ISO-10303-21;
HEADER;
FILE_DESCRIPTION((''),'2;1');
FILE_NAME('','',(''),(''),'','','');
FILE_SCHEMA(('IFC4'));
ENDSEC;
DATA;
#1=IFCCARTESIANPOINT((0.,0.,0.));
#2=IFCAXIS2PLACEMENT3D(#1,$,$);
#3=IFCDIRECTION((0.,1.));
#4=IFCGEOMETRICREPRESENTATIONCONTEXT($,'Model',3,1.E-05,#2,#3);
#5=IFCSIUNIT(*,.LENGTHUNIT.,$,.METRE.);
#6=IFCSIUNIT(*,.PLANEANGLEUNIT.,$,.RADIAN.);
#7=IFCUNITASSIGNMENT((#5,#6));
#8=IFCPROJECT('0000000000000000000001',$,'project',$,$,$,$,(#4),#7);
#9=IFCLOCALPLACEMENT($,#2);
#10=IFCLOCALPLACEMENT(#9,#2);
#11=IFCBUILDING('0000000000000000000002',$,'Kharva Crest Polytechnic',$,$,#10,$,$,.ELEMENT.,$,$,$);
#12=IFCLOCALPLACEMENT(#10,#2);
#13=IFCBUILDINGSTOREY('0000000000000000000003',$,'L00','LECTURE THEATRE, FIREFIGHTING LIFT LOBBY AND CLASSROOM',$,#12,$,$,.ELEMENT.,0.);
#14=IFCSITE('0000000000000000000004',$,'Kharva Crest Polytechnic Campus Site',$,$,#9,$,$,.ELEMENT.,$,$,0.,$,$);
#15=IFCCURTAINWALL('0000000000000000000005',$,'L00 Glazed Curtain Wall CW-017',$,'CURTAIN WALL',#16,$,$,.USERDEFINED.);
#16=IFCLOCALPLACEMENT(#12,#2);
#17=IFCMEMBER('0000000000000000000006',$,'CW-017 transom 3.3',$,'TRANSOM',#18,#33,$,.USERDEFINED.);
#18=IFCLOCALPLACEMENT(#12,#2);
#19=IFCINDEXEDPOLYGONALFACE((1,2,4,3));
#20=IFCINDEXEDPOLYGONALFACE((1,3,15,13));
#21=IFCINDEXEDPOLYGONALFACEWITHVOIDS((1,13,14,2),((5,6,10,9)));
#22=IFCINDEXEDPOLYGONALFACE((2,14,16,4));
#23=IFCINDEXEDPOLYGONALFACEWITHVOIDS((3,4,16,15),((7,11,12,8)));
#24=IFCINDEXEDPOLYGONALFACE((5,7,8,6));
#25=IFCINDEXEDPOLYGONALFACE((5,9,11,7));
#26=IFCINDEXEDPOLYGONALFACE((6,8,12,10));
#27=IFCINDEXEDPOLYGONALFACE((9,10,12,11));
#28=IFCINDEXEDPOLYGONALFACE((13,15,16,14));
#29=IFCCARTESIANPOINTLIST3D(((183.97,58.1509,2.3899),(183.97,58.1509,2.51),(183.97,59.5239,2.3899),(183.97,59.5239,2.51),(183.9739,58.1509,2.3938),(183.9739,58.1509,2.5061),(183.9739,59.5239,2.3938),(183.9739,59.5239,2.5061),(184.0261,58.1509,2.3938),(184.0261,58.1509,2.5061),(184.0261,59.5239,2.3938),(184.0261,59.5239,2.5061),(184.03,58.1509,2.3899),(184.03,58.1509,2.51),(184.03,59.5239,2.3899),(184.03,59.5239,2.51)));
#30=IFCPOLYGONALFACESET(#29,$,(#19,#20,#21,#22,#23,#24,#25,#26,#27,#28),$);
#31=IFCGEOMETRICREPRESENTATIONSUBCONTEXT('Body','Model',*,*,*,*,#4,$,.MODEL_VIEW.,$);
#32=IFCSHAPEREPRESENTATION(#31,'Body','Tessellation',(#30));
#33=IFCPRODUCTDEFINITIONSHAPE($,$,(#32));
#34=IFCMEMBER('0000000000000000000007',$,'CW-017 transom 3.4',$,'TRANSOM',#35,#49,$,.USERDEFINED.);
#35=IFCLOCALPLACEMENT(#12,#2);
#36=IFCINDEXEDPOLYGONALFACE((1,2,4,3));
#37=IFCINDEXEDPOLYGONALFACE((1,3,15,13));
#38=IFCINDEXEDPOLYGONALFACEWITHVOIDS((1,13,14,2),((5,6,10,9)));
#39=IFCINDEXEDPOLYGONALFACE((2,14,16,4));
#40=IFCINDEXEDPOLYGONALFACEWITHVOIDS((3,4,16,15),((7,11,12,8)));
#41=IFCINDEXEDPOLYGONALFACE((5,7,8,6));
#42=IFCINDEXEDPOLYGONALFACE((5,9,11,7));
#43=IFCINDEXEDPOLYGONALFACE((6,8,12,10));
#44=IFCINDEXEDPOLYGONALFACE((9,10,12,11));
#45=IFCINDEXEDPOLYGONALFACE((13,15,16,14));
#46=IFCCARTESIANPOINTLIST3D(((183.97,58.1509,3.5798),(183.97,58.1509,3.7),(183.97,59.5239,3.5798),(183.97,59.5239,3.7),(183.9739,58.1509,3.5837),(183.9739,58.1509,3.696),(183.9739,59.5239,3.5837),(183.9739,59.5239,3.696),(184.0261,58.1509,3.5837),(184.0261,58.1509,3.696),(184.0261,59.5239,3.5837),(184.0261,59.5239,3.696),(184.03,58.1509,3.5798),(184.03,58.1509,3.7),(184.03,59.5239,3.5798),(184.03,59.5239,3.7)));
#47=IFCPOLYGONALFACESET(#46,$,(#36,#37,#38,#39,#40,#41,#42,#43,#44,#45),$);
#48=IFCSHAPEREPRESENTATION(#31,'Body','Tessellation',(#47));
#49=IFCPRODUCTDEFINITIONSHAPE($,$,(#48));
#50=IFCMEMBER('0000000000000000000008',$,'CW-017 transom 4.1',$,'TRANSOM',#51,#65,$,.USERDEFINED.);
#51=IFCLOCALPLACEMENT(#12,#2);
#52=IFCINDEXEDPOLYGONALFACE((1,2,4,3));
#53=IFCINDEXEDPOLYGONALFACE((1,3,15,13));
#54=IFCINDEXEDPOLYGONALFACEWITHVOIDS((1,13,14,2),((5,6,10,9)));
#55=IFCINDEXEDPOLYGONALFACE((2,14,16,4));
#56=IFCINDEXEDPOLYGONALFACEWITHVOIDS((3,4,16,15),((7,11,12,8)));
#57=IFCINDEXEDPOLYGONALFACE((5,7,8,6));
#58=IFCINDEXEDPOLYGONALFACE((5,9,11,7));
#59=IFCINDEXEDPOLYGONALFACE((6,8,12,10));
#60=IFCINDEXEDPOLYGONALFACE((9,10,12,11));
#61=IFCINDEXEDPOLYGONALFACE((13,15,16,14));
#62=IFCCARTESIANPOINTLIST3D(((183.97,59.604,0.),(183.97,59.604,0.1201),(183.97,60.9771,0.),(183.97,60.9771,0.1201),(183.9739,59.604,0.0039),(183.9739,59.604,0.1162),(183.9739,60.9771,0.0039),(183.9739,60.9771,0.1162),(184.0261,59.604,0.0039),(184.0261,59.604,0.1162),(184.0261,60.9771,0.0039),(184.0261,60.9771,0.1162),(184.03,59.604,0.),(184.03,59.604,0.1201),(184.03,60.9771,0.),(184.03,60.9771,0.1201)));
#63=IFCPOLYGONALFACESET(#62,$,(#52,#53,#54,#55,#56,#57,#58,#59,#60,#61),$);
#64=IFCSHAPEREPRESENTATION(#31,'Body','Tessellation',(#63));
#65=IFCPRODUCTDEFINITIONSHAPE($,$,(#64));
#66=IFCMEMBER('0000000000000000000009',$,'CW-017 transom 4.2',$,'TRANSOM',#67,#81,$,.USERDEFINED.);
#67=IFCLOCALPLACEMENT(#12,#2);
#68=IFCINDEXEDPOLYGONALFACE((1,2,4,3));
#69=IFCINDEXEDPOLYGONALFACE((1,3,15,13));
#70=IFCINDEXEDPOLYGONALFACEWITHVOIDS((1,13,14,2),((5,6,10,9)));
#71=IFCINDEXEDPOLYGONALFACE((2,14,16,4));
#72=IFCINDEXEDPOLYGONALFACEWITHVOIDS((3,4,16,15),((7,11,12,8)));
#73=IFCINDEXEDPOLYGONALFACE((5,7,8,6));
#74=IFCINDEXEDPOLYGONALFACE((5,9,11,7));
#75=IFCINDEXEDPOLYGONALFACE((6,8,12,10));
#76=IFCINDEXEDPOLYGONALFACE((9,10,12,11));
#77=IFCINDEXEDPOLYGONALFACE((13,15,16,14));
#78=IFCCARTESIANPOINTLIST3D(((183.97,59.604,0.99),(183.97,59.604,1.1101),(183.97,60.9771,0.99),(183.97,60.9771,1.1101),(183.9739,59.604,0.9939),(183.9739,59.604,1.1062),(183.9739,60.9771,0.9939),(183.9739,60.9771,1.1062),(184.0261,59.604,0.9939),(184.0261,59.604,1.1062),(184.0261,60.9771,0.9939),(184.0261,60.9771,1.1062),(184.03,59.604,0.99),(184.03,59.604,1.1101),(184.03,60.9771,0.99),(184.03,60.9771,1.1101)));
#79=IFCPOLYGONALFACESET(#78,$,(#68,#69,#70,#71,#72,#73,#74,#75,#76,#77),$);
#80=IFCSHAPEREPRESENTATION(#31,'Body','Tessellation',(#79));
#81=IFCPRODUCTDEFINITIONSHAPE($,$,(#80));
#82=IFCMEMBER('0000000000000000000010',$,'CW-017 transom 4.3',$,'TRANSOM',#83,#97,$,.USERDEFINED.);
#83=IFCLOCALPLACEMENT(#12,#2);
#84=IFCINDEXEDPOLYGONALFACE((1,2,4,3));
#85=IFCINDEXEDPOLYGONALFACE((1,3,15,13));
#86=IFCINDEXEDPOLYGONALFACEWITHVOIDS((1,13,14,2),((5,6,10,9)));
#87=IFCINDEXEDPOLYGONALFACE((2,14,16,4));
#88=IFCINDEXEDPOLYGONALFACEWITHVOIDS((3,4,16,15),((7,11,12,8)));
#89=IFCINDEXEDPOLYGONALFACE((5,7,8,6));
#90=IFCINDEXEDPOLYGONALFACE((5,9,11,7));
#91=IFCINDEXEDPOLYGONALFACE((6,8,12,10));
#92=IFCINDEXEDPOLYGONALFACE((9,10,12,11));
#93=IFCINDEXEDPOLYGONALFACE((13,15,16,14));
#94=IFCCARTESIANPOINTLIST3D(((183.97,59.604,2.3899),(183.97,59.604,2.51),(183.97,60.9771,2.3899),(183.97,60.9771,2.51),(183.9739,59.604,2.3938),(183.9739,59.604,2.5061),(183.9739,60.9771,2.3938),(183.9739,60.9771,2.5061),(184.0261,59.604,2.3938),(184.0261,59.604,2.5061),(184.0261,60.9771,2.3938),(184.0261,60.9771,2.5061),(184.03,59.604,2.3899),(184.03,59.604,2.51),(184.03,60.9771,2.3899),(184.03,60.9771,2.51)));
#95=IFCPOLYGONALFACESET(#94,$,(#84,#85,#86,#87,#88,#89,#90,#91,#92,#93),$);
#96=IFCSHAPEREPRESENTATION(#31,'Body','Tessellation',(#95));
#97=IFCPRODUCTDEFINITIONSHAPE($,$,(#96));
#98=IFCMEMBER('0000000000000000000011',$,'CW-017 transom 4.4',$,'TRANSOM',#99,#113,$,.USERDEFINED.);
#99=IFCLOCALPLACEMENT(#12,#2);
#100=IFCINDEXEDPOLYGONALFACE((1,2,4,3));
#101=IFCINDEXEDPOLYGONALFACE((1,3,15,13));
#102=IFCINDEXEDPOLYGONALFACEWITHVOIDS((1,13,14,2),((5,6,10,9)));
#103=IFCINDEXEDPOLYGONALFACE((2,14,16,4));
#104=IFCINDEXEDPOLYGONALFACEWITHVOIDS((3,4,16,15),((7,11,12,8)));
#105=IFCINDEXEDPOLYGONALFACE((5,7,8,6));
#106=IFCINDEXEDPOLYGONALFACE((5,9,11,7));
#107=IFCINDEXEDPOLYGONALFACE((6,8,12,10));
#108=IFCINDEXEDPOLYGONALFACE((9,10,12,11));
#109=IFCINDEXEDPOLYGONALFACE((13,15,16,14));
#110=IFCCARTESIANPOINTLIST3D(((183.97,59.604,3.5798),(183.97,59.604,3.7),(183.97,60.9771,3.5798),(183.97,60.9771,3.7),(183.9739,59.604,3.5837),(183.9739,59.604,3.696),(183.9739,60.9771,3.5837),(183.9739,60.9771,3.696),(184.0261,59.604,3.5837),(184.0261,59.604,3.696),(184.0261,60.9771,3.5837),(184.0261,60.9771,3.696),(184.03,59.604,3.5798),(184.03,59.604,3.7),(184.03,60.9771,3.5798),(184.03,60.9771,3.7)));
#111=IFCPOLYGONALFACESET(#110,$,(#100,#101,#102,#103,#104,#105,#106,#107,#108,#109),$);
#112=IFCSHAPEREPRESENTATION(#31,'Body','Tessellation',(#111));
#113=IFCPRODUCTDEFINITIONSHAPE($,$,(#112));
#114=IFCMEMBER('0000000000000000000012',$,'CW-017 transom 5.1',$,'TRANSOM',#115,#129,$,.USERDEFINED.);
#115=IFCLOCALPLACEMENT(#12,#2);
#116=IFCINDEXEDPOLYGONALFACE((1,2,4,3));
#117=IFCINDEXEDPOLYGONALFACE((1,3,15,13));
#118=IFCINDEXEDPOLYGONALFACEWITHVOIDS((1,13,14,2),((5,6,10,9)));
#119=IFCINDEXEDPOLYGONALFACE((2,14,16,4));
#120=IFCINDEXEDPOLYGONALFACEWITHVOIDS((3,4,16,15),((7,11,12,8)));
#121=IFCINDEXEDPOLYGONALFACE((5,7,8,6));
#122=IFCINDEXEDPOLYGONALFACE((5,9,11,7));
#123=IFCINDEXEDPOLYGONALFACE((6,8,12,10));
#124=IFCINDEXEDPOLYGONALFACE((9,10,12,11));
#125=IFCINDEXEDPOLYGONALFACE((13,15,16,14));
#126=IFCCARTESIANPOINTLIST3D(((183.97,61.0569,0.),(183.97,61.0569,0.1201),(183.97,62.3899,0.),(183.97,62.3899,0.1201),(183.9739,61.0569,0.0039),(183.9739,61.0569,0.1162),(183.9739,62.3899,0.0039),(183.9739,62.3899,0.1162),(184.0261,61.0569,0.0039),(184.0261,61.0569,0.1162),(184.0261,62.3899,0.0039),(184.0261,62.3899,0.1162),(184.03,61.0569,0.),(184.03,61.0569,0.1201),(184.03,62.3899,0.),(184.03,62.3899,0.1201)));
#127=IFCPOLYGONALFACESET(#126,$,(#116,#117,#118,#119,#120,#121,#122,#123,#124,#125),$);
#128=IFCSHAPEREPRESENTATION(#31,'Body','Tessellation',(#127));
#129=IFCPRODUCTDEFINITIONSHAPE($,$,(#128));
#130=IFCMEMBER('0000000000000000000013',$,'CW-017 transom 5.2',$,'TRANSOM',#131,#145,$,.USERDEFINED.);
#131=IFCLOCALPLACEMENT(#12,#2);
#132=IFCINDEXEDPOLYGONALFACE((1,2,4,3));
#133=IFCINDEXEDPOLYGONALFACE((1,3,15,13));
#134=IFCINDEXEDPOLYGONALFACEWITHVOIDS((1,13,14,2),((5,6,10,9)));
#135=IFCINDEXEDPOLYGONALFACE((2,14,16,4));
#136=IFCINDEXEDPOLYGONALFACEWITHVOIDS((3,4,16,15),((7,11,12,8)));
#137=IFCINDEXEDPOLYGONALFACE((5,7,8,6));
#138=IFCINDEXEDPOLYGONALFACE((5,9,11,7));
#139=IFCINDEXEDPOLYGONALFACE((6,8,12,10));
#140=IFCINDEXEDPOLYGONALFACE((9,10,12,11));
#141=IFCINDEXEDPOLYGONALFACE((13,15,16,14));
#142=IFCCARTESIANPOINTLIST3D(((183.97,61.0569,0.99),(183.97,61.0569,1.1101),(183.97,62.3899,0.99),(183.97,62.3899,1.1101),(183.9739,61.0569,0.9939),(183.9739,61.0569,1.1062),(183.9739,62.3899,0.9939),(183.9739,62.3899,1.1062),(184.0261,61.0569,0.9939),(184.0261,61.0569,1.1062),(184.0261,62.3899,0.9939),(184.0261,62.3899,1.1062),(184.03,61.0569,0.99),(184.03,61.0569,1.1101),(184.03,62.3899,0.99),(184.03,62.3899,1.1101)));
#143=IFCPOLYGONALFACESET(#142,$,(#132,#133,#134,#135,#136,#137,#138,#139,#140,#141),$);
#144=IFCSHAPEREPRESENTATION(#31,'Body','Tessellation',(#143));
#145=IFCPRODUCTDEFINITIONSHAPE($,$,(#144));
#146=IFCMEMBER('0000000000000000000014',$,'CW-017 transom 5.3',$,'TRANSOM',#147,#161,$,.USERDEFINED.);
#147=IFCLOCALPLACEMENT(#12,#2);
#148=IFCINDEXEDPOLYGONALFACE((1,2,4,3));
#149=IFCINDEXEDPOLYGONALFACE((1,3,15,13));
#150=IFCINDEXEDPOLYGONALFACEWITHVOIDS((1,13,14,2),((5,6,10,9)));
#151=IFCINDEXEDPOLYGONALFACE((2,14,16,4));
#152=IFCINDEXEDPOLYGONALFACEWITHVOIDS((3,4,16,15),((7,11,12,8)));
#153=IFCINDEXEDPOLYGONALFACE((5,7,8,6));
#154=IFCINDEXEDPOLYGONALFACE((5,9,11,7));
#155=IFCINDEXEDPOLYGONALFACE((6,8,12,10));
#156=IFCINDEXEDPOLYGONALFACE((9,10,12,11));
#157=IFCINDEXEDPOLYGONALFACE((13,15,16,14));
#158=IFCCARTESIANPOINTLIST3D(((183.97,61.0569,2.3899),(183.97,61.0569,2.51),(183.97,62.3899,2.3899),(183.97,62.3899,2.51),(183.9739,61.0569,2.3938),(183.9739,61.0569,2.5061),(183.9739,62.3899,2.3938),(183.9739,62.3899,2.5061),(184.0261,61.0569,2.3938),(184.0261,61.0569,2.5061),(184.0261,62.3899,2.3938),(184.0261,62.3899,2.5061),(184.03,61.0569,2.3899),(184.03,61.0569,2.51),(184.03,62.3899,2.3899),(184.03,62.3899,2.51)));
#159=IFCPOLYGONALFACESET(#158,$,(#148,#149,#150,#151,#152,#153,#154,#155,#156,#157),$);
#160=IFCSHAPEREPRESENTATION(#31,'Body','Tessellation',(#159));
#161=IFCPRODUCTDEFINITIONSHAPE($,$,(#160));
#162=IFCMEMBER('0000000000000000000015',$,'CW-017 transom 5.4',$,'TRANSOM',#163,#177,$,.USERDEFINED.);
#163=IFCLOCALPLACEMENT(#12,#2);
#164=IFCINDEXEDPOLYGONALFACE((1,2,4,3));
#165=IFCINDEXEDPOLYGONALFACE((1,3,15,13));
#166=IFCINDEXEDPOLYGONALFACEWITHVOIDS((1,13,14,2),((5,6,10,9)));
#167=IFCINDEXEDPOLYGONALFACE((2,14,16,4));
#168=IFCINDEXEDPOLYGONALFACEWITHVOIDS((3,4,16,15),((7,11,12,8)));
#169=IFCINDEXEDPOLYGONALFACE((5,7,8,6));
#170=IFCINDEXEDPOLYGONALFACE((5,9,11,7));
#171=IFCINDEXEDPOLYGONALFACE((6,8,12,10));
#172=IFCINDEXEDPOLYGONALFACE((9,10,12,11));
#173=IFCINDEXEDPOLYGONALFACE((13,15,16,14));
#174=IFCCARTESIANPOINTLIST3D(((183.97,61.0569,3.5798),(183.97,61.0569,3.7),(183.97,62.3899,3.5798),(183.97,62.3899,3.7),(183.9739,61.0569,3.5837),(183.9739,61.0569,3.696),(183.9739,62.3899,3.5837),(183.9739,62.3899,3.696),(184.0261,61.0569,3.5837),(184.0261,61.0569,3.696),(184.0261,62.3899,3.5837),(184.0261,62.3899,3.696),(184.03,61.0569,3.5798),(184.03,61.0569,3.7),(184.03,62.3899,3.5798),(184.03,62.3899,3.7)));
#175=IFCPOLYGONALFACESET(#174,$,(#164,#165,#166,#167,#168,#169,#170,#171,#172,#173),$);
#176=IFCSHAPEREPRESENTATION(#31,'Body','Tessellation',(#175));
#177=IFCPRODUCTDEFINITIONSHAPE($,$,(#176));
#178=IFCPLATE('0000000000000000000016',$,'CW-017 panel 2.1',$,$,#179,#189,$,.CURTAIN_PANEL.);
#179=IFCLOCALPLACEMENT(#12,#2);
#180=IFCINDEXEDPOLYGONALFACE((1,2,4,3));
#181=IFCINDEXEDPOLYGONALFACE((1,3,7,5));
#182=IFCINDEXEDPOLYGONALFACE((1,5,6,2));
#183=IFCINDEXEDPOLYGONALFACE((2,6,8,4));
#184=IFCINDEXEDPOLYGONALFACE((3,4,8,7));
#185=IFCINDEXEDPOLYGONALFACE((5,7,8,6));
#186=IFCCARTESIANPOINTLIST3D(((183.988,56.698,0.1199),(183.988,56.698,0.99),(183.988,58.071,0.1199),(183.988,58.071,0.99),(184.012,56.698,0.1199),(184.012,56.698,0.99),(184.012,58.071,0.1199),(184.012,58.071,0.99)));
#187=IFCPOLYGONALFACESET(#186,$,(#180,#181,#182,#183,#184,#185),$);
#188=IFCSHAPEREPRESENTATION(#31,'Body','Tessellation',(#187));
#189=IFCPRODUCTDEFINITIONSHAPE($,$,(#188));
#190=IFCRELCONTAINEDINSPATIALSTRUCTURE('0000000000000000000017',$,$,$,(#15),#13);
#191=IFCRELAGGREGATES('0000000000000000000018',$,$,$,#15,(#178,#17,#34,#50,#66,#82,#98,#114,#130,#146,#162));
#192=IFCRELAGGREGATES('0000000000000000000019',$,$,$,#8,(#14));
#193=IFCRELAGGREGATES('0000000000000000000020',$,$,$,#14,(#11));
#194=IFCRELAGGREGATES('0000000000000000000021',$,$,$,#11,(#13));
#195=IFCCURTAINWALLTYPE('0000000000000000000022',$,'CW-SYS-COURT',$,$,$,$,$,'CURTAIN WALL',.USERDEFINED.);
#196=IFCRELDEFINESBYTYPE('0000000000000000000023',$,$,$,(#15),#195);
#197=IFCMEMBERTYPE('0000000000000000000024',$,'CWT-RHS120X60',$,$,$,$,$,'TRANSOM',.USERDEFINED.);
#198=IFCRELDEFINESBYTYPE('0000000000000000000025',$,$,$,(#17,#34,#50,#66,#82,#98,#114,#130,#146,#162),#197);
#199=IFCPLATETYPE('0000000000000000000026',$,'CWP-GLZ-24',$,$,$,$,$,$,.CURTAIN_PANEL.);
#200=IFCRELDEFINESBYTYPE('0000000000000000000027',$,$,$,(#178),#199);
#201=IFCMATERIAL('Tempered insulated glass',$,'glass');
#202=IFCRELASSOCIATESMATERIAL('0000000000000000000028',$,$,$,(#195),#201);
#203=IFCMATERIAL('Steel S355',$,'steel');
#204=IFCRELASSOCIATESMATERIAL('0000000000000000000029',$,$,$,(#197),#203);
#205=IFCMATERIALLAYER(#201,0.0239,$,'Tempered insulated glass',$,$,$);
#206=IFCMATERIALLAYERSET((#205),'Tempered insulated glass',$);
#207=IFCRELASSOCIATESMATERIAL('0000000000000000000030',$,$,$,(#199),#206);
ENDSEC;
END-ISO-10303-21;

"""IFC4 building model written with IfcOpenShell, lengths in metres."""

from ifc_helpers import new_model, si_unit, direction, frame, origin, origin_2d, place, context, subcontext, project, spatial, rectangle, hollow_rectangle, extrude, material, layer, layer_set, material_profile, profile_set, type_object, element, aggregate, save


model = new_model("IFC4")

# Units and contexts
model_context = context("Model", 3, precision=1e-05, world=origin(), true_north=direction((0.0, 1.0)))
body_context = subcontext(model_context, "Body", "Model", "MODEL_VIEW")
ifc_project = project(units=[si_unit("LENGTHUNIT", "METRE"), si_unit("PLANEANGLEUNIT", "RADIAN")], contexts=[model_context])

# Site, building, storey
site_placement = place(None, origin())
site = spatial("IfcSite", under=ifc_project, at=site_placement, Name="Kharva Crest Polytechnic Campus Site", CompositionType="ELEMENT", RefElevation=0.0)
building_placement = place(site_placement, origin())
building = spatial("IfcBuilding", under=site, at=building_placement, Name="Kharva Crest Polytechnic", CompositionType="ELEMENT")
storey_placement = place(building_placement, origin())
storey = spatial("IfcBuildingStorey", under=building, at=storey_placement, Name="L00", Description="LECTURE THEATRE, FIREFIGHTING LIFT LOBBY AND CLASSROOM", CompositionType="ELEMENT", Elevation=0.0)

# Curtain wall, members, plate
ifc_material_1 = material(Name="Tempered insulated glass", Category="glass")
curtain_wall_type = type_object("IfcCurtainWallType", Name="CW-SYS-COURT", ElementType="CURTAIN WALL", PredefinedType="USERDEFINED", material=ifc_material_1)
curtain_wall_placement = place(storey_placement, origin())
curtain_wall = element("IfcCurtainWall", 1, at=curtain_wall_placement, inside=storey, type_object=curtain_wall_type, Name="L00 Glazed Curtain Wall CW-017", ObjectType="CURTAIN WALL", PredefinedType="USERDEFINED")
ifc_material_2 = material(Name="Steel S355", Category="steel")
ifc_material_profile_1 = material_profile(ifc_material_2, hollow_rectangle(XDim=0.0601, YDim=0.1201, WallThickness=0.0039, at=origin_2d()), Name="RHS 120X60X4.0")
ifc_profile_set_1 = profile_set([ifc_material_profile_1], Name="Steel S355")
member_type_1 = type_object("IfcMemberType", Name="CWT-RHS120X60", ElementType="TRANSOM", PredefinedType="USERDEFINED", material=ifc_profile_set_1)
member_1_placement = place(storey_placement, frame((184.0, 58.1509, 2.45), z_axis=(0.0, 1.0, 0.0), x_axis=(-1.0, 0.0, 0.0)))
member_1 = element("IfcMember", 2, at=member_1_placement, type_object=member_type_1, Name="CW-017 transom 3.3", ObjectType="TRANSOM", PredefinedType="USERDEFINED", context=body_context, shape_type="SweptSolid", body=[
    extrude(hollow_rectangle(XDim=0.0601, YDim=0.1201, WallThickness=0.0039, at=origin_2d()), origin(), (0.0, 0.0, 1.0), 1.373),
])
member_2_placement = place(storey_placement, frame((184.0, 58.1509, 3.6399), z_axis=(0.0, 1.0, 0.0), x_axis=(-1.0, 0.0, 0.0)))
member_2 = element("IfcMember", 3, at=member_2_placement, type_object=member_type_1, Name="CW-017 transom 3.4", ObjectType="TRANSOM", PredefinedType="USERDEFINED", context=body_context, shape_type="SweptSolid", body=[
    extrude(hollow_rectangle(XDim=0.0601, YDim=0.1201, WallThickness=0.0039, at=origin_2d()), origin(), (0.0, 0.0, 1.0), 1.373),
])
member_3_placement = place(storey_placement, frame((184.0, 59.604, 0.0601), z_axis=(0.0, 1.0, 0.0), x_axis=(-1.0, 0.0, 0.0)))
member_3 = element("IfcMember", 4, at=member_3_placement, type_object=member_type_1, Name="CW-017 transom 4.1", ObjectType="TRANSOM", PredefinedType="USERDEFINED", context=body_context, shape_type="SweptSolid", body=[
    extrude(hollow_rectangle(XDim=0.0601, YDim=0.1201, WallThickness=0.0039, at=origin_2d()), origin(), (0.0, 0.0, 1.0), 1.373),
])
member_4_placement = place(storey_placement, frame((184.0, 59.604, 1.05), z_axis=(0.0, 1.0, 0.0), x_axis=(-1.0, 0.0, 0.0)))
member_4 = element("IfcMember", 5, at=member_4_placement, type_object=member_type_1, Name="CW-017 transom 4.2", ObjectType="TRANSOM", PredefinedType="USERDEFINED", context=body_context, shape_type="SweptSolid", body=[
    extrude(hollow_rectangle(XDim=0.0601, YDim=0.1201, WallThickness=0.0039, at=origin_2d()), origin(), (0.0, 0.0, 1.0), 1.373),
])
member_5_placement = place(storey_placement, frame((184.0, 59.604, 2.45), z_axis=(0.0, 1.0, 0.0), x_axis=(-1.0, 0.0, 0.0)))
member_5 = element("IfcMember", 6, at=member_5_placement, type_object=member_type_1, Name="CW-017 transom 4.3", ObjectType="TRANSOM", PredefinedType="USERDEFINED", context=body_context, shape_type="SweptSolid", body=[
    extrude(hollow_rectangle(XDim=0.0601, YDim=0.1201, WallThickness=0.0039, at=origin_2d()), origin(), (0.0, 0.0, 1.0), 1.373),
])
member_6_placement = place(storey_placement, frame((184.0, 59.604, 3.6399), z_axis=(0.0, 1.0, 0.0), x_axis=(-1.0, 0.0, 0.0)))
member_6 = element("IfcMember", 7, at=member_6_placement, type_object=member_type_1, Name="CW-017 transom 4.4", ObjectType="TRANSOM", PredefinedType="USERDEFINED", context=body_context, shape_type="SweptSolid", body=[
    extrude(hollow_rectangle(XDim=0.0601, YDim=0.1201, WallThickness=0.0039, at=origin_2d()), origin(), (0.0, 0.0, 1.0), 1.373),
])
member_7_placement = place(storey_placement, frame((184.0, 61.0569, 0.0601), z_axis=(0.0, 1.0, 0.0), x_axis=(-1.0, 0.0, 0.0)))
member_7 = element("IfcMember", 8, at=member_7_placement, type_object=member_type_1, Name="CW-017 transom 5.1", ObjectType="TRANSOM", PredefinedType="USERDEFINED", context=body_context, shape_type="SweptSolid", body=[
    extrude(hollow_rectangle(XDim=0.0601, YDim=0.1201, WallThickness=0.0039, at=origin_2d()), origin(), (0.0, 0.0, 1.0), 1.333),
])
member_8_placement = place(storey_placement, frame((184.0, 61.0569, 1.05), z_axis=(0.0, 1.0, 0.0), x_axis=(-1.0, 0.0, 0.0)))
member_8 = element("IfcMember", 9, at=member_8_placement, type_object=member_type_1, Name="CW-017 transom 5.2", ObjectType="TRANSOM", PredefinedType="USERDEFINED", context=body_context, shape_type="SweptSolid", body=[
    extrude(hollow_rectangle(XDim=0.0601, YDim=0.1201, WallThickness=0.0039, at=origin_2d()), origin(), (0.0, 0.0, 1.0), 1.333),
])
member_9_placement = place(storey_placement, frame((184.0, 61.0569, 2.45), z_axis=(0.0, 1.0, 0.0), x_axis=(-1.0, 0.0, 0.0)))
member_9 = element("IfcMember", 10, at=member_9_placement, type_object=member_type_1, Name="CW-017 transom 5.3", ObjectType="TRANSOM", PredefinedType="USERDEFINED", context=body_context, shape_type="SweptSolid", body=[
    extrude(hollow_rectangle(XDim=0.0601, YDim=0.1201, WallThickness=0.0039, at=origin_2d()), origin(), (0.0, 0.0, 1.0), 1.333),
])
member_10_placement = place(storey_placement, frame((184.0, 61.0569, 3.6399), z_axis=(0.0, 1.0, 0.0), x_axis=(-1.0, 0.0, 0.0)))
member_10 = element("IfcMember", 11, at=member_10_placement, type_object=member_type_1, Name="CW-017 transom 5.4", ObjectType="TRANSOM", PredefinedType="USERDEFINED", context=body_context, shape_type="SweptSolid", body=[
    extrude(hollow_rectangle(XDim=0.0601, YDim=0.1201, WallThickness=0.0039, at=origin_2d()), origin(), (0.0, 0.0, 1.0), 1.333),
])
ifc_layer = layer(ifc_material_1, 0.0239, Name="Tempered insulated glass")
ifc_layer_set = layer_set([ifc_layer], Name="Tempered insulated glass")
plate_type = type_object("IfcPlateType", Name="CWP-GLZ-24", PredefinedType="CURTAIN_PANEL", material=ifc_layer_set)
plate_1_placement = place(storey_placement, frame((184.0, 57.3845, 0.1199), z_axis=(0.0, 0.0, 1.0), x_axis=(0.0, 1.0, 0.0)))
plate_1 = element("IfcPlate", 12, at=plate_1_placement, type_object=plate_type, Name="CW-017 panel 2.1", PredefinedType="CURTAIN_PANEL", context=body_context, shape_type="SweptSolid", body=[
    extrude(rectangle(XDim=1.373, YDim=0.0239, at=origin_2d()), origin(), (0.0, 0.0, 1.0), 0.8701),
])
aggregate(curtain_wall, [plate_1, member_1, member_2, member_3, member_4, member_5, member_6, member_7, member_8, member_9, member_10])

save(model, "model.ifc")
